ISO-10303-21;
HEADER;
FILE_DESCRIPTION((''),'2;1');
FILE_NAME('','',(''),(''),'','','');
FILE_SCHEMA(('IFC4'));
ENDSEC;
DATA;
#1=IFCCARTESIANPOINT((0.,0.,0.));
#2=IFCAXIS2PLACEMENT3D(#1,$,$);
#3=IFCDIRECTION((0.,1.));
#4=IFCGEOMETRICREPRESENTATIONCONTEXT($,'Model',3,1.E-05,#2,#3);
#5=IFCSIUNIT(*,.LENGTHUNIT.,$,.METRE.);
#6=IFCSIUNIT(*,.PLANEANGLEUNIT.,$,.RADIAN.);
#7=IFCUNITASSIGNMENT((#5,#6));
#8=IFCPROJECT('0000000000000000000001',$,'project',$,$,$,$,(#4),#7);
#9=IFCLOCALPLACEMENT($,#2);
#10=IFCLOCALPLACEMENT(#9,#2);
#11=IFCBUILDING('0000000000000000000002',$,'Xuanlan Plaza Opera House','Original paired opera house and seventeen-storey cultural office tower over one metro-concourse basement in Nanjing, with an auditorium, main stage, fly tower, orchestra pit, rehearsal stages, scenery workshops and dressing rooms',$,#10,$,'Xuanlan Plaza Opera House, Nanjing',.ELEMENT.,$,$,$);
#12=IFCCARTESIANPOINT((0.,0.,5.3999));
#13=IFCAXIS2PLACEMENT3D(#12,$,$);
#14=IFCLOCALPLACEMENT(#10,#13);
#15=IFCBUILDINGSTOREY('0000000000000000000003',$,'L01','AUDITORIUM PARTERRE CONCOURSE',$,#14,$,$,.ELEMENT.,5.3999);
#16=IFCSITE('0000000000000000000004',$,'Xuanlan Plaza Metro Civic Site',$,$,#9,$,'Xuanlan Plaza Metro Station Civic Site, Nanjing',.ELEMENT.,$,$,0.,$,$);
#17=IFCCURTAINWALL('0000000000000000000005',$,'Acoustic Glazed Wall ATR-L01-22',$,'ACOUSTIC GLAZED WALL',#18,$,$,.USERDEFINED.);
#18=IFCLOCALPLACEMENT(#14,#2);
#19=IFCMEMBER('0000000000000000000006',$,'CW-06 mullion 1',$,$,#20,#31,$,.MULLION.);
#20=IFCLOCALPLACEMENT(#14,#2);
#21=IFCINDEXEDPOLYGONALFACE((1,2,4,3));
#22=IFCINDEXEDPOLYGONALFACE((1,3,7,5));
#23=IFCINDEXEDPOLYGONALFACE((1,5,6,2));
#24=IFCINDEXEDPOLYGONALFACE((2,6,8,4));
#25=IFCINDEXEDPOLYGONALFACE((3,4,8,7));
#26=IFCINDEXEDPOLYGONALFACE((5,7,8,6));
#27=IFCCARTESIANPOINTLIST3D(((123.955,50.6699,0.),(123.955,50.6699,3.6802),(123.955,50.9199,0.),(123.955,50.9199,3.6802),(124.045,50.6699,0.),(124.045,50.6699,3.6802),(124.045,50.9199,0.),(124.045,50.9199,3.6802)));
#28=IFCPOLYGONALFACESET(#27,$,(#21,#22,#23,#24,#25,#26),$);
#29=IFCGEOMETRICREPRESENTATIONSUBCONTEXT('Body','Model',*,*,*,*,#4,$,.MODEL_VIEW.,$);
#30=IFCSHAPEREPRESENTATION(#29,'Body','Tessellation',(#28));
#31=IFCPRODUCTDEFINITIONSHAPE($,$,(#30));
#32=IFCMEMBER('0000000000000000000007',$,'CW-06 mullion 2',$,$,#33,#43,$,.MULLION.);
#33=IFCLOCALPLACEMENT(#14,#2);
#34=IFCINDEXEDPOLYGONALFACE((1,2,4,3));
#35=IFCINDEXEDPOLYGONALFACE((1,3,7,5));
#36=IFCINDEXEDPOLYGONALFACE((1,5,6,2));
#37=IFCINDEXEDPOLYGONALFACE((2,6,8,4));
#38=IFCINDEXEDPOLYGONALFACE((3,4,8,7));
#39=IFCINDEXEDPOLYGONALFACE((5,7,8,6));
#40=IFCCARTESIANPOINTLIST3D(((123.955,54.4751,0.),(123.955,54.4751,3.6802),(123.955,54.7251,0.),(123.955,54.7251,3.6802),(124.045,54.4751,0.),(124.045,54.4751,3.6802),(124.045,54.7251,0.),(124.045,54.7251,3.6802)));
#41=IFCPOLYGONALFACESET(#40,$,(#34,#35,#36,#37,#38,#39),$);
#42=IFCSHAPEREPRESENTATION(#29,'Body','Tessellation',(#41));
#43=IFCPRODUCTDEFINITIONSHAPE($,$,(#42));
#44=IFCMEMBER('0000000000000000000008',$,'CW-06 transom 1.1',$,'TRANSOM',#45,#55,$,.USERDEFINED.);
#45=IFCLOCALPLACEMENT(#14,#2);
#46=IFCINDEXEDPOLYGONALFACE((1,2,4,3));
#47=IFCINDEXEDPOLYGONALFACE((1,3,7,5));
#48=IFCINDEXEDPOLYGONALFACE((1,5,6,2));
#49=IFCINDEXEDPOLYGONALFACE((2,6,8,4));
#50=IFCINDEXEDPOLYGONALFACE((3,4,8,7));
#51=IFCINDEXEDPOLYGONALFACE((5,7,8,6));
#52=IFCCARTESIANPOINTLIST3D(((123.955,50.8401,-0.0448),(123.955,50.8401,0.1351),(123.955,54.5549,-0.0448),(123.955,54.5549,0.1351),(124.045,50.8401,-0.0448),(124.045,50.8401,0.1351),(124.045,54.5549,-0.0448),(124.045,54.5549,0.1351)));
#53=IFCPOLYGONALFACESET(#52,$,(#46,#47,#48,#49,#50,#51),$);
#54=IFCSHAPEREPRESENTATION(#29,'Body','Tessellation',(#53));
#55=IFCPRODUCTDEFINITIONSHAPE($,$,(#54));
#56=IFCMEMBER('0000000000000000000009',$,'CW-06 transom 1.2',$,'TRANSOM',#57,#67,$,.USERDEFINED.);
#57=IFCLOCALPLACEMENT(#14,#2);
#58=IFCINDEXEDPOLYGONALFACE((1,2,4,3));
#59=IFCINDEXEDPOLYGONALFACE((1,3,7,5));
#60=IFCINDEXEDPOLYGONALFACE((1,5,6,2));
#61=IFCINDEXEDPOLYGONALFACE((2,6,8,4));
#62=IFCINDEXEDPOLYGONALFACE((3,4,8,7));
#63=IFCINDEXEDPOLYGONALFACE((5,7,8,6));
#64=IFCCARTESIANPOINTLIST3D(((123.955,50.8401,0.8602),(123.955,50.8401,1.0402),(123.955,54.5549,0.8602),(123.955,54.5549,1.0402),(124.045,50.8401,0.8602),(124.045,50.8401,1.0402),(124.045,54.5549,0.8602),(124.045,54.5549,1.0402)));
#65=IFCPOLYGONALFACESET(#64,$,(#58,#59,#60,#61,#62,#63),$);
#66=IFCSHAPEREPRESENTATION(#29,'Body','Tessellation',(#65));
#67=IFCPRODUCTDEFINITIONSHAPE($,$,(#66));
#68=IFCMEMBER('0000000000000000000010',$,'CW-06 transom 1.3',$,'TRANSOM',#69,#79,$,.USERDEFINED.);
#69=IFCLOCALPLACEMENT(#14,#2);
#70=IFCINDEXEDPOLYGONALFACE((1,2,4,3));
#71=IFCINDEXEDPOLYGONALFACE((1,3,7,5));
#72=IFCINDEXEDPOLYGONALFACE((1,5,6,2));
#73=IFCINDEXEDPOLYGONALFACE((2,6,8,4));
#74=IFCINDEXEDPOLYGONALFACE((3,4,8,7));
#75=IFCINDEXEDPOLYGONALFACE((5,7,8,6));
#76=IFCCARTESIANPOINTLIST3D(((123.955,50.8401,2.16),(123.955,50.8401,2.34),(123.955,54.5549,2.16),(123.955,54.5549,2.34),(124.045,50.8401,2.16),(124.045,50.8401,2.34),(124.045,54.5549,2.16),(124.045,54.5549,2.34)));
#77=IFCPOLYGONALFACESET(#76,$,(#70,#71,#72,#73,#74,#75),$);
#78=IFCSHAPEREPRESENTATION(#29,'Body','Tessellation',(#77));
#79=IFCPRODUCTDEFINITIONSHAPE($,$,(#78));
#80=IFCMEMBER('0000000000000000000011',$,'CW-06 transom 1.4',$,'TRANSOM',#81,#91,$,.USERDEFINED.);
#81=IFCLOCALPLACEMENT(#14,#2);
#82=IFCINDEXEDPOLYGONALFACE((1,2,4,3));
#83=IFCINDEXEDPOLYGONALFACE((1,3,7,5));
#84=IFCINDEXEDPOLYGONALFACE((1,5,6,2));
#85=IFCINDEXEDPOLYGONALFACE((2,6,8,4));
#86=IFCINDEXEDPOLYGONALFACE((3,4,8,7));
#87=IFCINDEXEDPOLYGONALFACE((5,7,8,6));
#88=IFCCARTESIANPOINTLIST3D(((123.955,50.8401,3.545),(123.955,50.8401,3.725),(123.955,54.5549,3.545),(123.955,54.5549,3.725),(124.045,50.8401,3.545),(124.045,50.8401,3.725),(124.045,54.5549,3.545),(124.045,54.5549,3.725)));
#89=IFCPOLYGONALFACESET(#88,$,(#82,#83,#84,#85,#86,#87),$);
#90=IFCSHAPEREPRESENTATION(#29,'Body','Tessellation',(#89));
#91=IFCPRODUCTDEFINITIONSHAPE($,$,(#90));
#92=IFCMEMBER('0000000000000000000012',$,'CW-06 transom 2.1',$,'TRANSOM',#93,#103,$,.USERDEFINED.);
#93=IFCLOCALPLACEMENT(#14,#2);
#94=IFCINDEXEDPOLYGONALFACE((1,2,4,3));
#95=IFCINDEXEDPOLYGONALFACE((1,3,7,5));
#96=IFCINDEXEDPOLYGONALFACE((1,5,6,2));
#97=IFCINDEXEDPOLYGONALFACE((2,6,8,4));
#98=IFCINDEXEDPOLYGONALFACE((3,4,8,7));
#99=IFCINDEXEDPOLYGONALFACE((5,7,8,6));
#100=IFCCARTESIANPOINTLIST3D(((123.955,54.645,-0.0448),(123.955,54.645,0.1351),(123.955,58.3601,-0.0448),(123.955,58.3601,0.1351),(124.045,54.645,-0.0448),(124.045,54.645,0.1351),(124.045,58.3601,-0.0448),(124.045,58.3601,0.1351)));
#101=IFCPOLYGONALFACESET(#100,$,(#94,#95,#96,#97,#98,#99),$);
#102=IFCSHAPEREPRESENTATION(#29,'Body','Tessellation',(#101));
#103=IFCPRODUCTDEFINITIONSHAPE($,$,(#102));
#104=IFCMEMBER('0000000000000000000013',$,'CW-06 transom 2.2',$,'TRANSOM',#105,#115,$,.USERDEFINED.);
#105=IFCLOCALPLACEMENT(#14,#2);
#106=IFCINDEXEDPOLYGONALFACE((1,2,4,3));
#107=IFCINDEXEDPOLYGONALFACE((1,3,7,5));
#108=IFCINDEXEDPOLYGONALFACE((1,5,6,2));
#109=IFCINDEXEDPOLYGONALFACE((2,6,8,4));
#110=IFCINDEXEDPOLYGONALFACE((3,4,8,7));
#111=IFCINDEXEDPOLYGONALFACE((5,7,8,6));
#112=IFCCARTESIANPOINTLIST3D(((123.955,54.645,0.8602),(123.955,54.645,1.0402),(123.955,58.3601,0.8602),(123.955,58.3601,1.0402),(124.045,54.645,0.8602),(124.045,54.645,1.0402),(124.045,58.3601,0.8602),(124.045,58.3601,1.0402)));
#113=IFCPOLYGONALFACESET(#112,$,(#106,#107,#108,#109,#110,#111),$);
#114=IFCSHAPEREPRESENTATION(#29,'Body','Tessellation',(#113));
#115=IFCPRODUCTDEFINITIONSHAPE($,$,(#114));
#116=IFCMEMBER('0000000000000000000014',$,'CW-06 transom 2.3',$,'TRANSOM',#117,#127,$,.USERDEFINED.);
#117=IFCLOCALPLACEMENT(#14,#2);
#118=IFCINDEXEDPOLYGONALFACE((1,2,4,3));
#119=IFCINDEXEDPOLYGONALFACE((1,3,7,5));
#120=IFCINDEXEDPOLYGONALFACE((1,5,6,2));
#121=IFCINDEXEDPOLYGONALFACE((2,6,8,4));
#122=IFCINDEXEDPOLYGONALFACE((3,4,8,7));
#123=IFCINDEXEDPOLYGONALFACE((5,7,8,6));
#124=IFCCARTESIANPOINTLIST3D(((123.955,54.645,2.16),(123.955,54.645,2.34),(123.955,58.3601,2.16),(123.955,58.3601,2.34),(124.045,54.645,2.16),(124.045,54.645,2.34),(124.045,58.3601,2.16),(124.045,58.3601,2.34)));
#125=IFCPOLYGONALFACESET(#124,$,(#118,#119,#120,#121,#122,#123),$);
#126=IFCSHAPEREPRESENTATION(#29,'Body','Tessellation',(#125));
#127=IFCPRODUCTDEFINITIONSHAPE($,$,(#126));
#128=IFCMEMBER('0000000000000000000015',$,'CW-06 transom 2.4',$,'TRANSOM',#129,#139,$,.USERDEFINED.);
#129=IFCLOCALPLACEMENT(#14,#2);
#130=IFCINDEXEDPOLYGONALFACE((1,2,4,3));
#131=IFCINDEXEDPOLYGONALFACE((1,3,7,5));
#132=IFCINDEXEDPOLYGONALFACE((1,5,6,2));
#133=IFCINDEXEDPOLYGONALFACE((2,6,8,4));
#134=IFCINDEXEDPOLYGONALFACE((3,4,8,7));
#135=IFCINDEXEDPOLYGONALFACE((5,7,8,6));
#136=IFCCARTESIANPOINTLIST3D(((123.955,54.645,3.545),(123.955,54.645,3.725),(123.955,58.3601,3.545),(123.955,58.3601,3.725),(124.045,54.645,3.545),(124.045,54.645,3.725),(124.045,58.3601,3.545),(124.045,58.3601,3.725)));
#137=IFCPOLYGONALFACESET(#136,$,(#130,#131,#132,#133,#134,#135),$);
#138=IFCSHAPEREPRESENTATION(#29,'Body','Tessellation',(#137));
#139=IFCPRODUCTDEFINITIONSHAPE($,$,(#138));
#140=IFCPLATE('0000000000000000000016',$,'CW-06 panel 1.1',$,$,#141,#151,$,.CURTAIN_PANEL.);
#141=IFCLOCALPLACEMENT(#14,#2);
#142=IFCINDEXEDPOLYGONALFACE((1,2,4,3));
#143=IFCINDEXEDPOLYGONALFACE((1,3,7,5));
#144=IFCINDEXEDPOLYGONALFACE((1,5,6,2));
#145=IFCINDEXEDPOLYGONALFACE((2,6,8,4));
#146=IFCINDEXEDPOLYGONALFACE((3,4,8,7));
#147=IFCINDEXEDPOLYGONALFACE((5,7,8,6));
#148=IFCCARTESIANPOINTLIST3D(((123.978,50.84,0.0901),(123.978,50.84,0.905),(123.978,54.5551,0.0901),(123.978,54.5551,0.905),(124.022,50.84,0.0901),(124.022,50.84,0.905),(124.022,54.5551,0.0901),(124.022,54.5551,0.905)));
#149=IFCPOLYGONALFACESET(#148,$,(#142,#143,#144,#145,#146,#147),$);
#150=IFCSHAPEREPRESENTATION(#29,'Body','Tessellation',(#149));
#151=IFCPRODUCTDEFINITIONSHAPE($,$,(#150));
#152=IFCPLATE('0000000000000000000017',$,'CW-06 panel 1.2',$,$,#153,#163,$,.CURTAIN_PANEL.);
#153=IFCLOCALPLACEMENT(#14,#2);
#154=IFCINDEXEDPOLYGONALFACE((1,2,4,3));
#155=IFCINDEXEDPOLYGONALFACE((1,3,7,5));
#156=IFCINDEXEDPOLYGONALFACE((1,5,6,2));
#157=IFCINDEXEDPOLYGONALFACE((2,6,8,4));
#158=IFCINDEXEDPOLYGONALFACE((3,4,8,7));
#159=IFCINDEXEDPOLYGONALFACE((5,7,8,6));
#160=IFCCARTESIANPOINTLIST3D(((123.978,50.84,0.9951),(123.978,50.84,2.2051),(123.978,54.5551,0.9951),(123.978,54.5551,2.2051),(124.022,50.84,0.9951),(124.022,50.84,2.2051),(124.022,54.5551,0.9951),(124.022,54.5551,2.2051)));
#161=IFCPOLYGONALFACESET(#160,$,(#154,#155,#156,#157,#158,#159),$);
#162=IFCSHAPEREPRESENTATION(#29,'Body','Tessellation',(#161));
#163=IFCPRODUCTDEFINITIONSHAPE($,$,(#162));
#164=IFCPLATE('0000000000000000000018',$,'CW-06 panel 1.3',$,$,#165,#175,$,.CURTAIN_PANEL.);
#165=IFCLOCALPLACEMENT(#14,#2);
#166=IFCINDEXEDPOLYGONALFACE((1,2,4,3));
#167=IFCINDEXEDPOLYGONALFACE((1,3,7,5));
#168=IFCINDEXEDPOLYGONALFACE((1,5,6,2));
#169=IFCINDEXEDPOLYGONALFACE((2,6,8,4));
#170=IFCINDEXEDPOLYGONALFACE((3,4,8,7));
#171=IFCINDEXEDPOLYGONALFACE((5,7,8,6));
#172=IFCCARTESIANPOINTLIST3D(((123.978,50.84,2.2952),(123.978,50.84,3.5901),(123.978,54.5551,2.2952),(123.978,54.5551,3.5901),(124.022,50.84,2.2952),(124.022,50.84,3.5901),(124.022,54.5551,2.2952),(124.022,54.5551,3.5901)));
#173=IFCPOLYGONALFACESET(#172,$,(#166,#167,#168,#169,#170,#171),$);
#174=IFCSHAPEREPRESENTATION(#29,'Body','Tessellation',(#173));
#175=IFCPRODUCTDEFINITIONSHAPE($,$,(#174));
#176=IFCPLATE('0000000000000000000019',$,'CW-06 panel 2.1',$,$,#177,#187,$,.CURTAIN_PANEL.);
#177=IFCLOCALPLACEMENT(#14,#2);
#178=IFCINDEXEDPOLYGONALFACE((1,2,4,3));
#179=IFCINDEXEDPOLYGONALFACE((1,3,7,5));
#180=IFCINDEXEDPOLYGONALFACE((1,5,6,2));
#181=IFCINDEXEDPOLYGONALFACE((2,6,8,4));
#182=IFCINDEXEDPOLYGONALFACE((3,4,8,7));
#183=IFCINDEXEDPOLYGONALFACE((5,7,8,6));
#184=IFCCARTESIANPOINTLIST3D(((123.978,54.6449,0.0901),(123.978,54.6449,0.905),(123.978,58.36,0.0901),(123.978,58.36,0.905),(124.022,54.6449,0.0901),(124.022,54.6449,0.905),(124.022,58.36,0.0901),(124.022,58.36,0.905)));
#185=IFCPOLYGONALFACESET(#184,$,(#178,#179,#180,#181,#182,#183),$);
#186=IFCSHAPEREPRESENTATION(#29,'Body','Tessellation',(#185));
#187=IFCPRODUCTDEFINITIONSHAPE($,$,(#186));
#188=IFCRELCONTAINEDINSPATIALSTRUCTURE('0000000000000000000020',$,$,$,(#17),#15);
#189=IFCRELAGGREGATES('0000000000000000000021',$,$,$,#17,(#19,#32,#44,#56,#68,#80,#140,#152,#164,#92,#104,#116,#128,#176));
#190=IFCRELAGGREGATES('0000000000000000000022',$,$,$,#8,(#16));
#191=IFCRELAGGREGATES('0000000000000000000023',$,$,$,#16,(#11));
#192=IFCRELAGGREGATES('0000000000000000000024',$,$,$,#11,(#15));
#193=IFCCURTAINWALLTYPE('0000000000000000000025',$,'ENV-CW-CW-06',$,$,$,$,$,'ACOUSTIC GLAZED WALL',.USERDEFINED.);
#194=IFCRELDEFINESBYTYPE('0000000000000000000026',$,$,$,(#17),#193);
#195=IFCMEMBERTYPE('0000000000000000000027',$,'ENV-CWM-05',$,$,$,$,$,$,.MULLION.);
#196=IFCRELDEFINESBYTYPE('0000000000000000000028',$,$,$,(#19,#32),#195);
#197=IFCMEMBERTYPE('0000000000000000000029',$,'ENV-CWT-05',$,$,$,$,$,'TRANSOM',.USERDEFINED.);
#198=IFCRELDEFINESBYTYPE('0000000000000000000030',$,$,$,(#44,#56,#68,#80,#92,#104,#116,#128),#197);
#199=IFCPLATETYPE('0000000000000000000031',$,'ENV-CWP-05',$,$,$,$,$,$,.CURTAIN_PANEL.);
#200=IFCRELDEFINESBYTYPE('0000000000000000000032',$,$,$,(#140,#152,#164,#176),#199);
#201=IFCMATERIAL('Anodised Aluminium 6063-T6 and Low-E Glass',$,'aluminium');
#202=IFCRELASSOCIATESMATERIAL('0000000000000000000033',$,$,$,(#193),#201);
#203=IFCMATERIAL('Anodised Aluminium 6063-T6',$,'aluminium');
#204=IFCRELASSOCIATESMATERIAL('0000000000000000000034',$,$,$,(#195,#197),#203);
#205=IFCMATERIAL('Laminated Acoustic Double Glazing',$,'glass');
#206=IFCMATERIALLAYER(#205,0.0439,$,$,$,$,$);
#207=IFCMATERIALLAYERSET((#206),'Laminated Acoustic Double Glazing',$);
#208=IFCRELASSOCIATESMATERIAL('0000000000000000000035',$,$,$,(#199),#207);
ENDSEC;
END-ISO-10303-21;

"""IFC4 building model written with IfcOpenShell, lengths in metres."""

from ifc_helpers import new_model, si_unit, direction, frame, origin, origin_2d, place, context, subcontext, project, spatial, rectangle, extrude, material, layer, layer_set, material_profile, profile_set, type_object, element, aggregate, save


model = new_model("IFC4")

# Units and contexts
model_context = context("Model", 3, precision=1e-05, world=origin(), true_north=direction((0.0, 1.0)))
body_context = subcontext(model_context, "Body", "Model", "MODEL_VIEW")
ifc_project = project(units=[si_unit("LENGTHUNIT", "METRE"), si_unit("PLANEANGLEUNIT", "RADIAN")], contexts=[model_context])

# Site, building, storey
site_placement = place(None, origin())
site = spatial("IfcSite", under=ifc_project, at=site_placement, Name="Xuanlan Plaza Metro Civic Site", LongName="Xuanlan Plaza Metro Station Civic Site, Nanjing", CompositionType="ELEMENT", RefElevation=0.0)
building_placement = place(site_placement, origin())
building = spatial("IfcBuilding", under=site, at=building_placement, Name="Xuanlan Plaza Opera House", Description="Original paired opera house and seventeen-storey cultural office tower over one metro-concourse basement in Nanjing, with an auditorium, main stage, fly tower, orchestra pit, rehearsal stages, scenery workshops and dressing rooms", LongName="Xuanlan Plaza Opera House, Nanjing", CompositionType="ELEMENT")
storey_placement = place(building_placement, frame((0.0, 0.0, 5.3999)))
storey = spatial("IfcBuildingStorey", under=building, at=storey_placement, Name="L01", Description="AUDITORIUM PARTERRE CONCOURSE", CompositionType="ELEMENT", Elevation=5.3999)

# Curtain wall, members, plates
ifc_material_1 = material(Name="Anodised Aluminium 6063-T6 and Low-E Glass", Category="aluminium")
curtain_wall_type = type_object("IfcCurtainWallType", Name="ENV-CW-CW-06", ElementType="ACOUSTIC GLAZED WALL", PredefinedType="USERDEFINED", material=ifc_material_1)
curtain_wall_placement = place(storey_placement, origin())
curtain_wall = element("IfcCurtainWall", 1, at=curtain_wall_placement, inside=storey, type_object=curtain_wall_type, Name="Acoustic Glazed Wall ATR-L01-22", ObjectType="ACOUSTIC GLAZED WALL", PredefinedType="USERDEFINED")
ifc_material_2 = material(Name="Anodised Aluminium 6063-T6", Category="aluminium")
ifc_material_profile_1 = material_profile(ifc_material_2, rectangle(XDim=0.0901, YDim=0.25, at=origin_2d()), Name="ALU-M 90x250")
ifc_profile_set_1 = profile_set([ifc_material_profile_1], Name="Anodised Aluminium 6063-T6")
member_type_1 = type_object("IfcMemberType", Name="ENV-CWM-05", PredefinedType="MULLION", material=ifc_profile_set_1)
member_1_placement = place(storey_placement, frame((124.0, 50.7949, 0.0), z_axis=(0.0, 0.0, 1.0), x_axis=(-1.0, 0.0, 0.0)))
member_1 = element("IfcMember", 2, at=member_1_placement, type_object=member_type_1, Name="CW-06 mullion 1", PredefinedType="MULLION", context=body_context, shape_type="SweptSolid", body=[
    extrude(rectangle(XDim=0.0901, YDim=0.25, at=origin_2d()), origin(), (0.0, 0.0, 1.0), 3.6802),
])
member_2_placement = place(storey_placement, frame((124.0, 54.6001, 0.0), z_axis=(0.0, 0.0, 1.0), x_axis=(-1.0, 0.0, 0.0)))
member_2 = element("IfcMember", 3, at=member_2_placement, type_object=member_type_1, Name="CW-06 mullion 2", PredefinedType="MULLION", context=body_context, shape_type="SweptSolid", body=[
    extrude(rectangle(XDim=0.0901, YDim=0.25, at=origin_2d()), origin(), (0.0, 0.0, 1.0), 3.6802),
])
ifc_material_profile_2 = material_profile(ifc_material_2, rectangle(XDim=0.0901, YDim=0.1799, at=origin_2d()), Name="ALU-T 90x180")
ifc_profile_set_2 = profile_set([ifc_material_profile_2], Name="Anodised Aluminium 6063-T6")
member_type_2 = type_object("IfcMemberType", Name="ENV-CWT-05", ElementType="TRANSOM", PredefinedType="USERDEFINED", material=ifc_profile_set_2)
member_3_placement = place(storey_placement, frame((124.0, 50.8401, 0.0452), z_axis=(0.0, 1.0, 0.0), x_axis=(-1.0, 0.0, 0.0)))
member_3 = element("IfcMember", 4, at=member_3_placement, type_object=member_type_2, Name="CW-06 transom 1.1", ObjectType="TRANSOM", PredefinedType="USERDEFINED", context=body_context, shape_type="SweptSolid", body=[
    extrude(rectangle(XDim=0.0901, YDim=0.1799, at=origin_2d()), origin(), (0.0, 0.0, 1.0), 3.7148),
])
member_4_placement = place(storey_placement, frame((124.0, 50.8401, 0.9502), z_axis=(0.0, 1.0, 0.0), x_axis=(-1.0, 0.0, 0.0)))
member_4 = element("IfcMember", 5, at=member_4_placement, type_object=member_type_2, Name="CW-06 transom 1.2", ObjectType="TRANSOM", PredefinedType="USERDEFINED", context=body_context, shape_type="SweptSolid", body=[
    extrude(rectangle(XDim=0.0901, YDim=0.1799, at=origin_2d()), origin(), (0.0, 0.0, 1.0), 3.7148),
])
member_5_placement = place(storey_placement, frame((124.0, 50.8401, 2.25), z_axis=(0.0, 1.0, 0.0), x_axis=(-1.0, 0.0, 0.0)))
member_5 = element("IfcMember", 6, at=member_5_placement, type_object=member_type_2, Name="CW-06 transom 1.3", ObjectType="TRANSOM", PredefinedType="USERDEFINED", context=body_context, shape_type="SweptSolid", body=[
    extrude(rectangle(XDim=0.0901, YDim=0.1799, at=origin_2d()), origin(), (0.0, 0.0, 1.0), 3.7148),
])
member_6_placement = place(storey_placement, frame((124.0, 50.8401, 3.635), z_axis=(0.0, 1.0, 0.0), x_axis=(-1.0, 0.0, 0.0)))
member_6 = element("IfcMember", 7, at=member_6_placement, type_object=member_type_2, Name="CW-06 transom 1.4", ObjectType="TRANSOM", PredefinedType="USERDEFINED", context=body_context, shape_type="SweptSolid", body=[
    extrude(rectangle(XDim=0.0901, YDim=0.1799, at=origin_2d()), origin(), (0.0, 0.0, 1.0), 3.7148),
])
member_7_placement = place(storey_placement, frame((124.0, 54.645, 0.0452), z_axis=(0.0, 1.0, 0.0), x_axis=(-1.0, 0.0, 0.0)))
member_7 = element("IfcMember", 8, at=member_7_placement, type_object=member_type_2, Name="CW-06 transom 2.1", ObjectType="TRANSOM", PredefinedType="USERDEFINED", context=body_context, shape_type="SweptSolid", body=[
    extrude(rectangle(XDim=0.0901, YDim=0.1799, at=origin_2d()), origin(), (0.0, 0.0, 1.0), 3.7151),
])
member_8_placement = place(storey_placement, frame((124.0, 54.645, 0.9502), z_axis=(0.0, 1.0, 0.0), x_axis=(-1.0, 0.0, 0.0)))
member_8 = element("IfcMember", 9, at=member_8_placement, type_object=member_type_2, Name="CW-06 transom 2.2", ObjectType="TRANSOM", PredefinedType="USERDEFINED", context=body_context, shape_type="SweptSolid", body=[
    extrude(rectangle(XDim=0.0901, YDim=0.1799, at=origin_2d()), origin(), (0.0, 0.0, 1.0), 3.7151),
])
member_9_placement = place(storey_placement, frame((124.0, 54.645, 2.25), z_axis=(0.0, 1.0, 0.0), x_axis=(-1.0, 0.0, 0.0)))
member_9 = element("IfcMember", 10, at=member_9_placement, type_object=member_type_2, Name="CW-06 transom 2.3", ObjectType="TRANSOM", PredefinedType="USERDEFINED", context=body_context, shape_type="SweptSolid", body=[
    extrude(rectangle(XDim=0.0901, YDim=0.1799, at=origin_2d()), origin(), (0.0, 0.0, 1.0), 3.7151),
])
member_10_placement = place(storey_placement, frame((124.0, 54.645, 3.635), z_axis=(0.0, 1.0, 0.0), x_axis=(-1.0, 0.0, 0.0)))
member_10 = element("IfcMember", 11, at=member_10_placement, type_object=member_type_2, Name="CW-06 transom 2.4", ObjectType="TRANSOM", PredefinedType="USERDEFINED", context=body_context, shape_type="SweptSolid", body=[
    extrude(rectangle(XDim=0.0901, YDim=0.1799, at=origin_2d()), origin(), (0.0, 0.0, 1.0), 3.7151),
])
ifc_material_3 = material(Name="Laminated Acoustic Double Glazing", Category="glass")
ifc_layer_1 = layer(ifc_material_3, 0.0439)
ifc_layer_set_1 = layer_set([ifc_layer_1], Name="Laminated Acoustic Double Glazing")
plate_type = type_object("IfcPlateType", Name="ENV-CWP-05", PredefinedType="CURTAIN_PANEL", material=ifc_layer_set_1)
plate_1_placement = place(storey_placement, frame((124.0, 52.6975, 0.0901), z_axis=(0.0, 0.0, 1.0), x_axis=(0.0, 1.0, 0.0)))
plate_1 = element("IfcPlate", 12, at=plate_1_placement, type_object=plate_type, Name="CW-06 panel 1.1", PredefinedType="CURTAIN_PANEL", context=body_context, shape_type="SweptSolid", body=[
    extrude(rectangle(XDim=3.7151, YDim=0.0439, at=origin_2d()), origin(), (0.0, 0.0, 1.0), 0.8149),
])
plate_2_placement = place(storey_placement, frame((124.0, 52.6975, 0.9951), z_axis=(0.0, 0.0, 1.0), x_axis=(0.0, 1.0, 0.0)))
plate_2 = element("IfcPlate", 13, at=plate_2_placement, type_object=plate_type, Name="CW-06 panel 1.2", PredefinedType="CURTAIN_PANEL", context=body_context, shape_type="SweptSolid", body=[
    extrude(rectangle(XDim=3.7151, YDim=0.0439, at=origin_2d()), origin(), (0.0, 0.0, 1.0), 1.21),
])
plate_3_placement = place(storey_placement, frame((124.0, 52.6975, 2.2952), z_axis=(0.0, 0.0, 1.0), x_axis=(0.0, 1.0, 0.0)))
plate_3 = element("IfcPlate", 14, at=plate_3_placement, type_object=plate_type, Name="CW-06 panel 1.3", PredefinedType="CURTAIN_PANEL", context=body_context, shape_type="SweptSolid", body=[
    extrude(rectangle(XDim=3.7151, YDim=0.0439, at=origin_2d()), origin(), (0.0, 0.0, 1.0), 1.2949),
])
plate_4_placement = place(storey_placement, frame((124.0, 56.5024, 0.0901), z_axis=(0.0, 0.0, 1.0), x_axis=(0.0, 1.0, 0.0)))
plate_4 = element("IfcPlate", 15, at=plate_4_placement, type_object=plate_type, Name="CW-06 panel 2.1", PredefinedType="CURTAIN_PANEL", context=body_context, shape_type="SweptSolid", body=[
    extrude(rectangle(XDim=3.7151, YDim=0.0439, at=origin_2d()), origin(), (0.0, 0.0, 1.0), 0.8149),
])
aggregate(curtain_wall, [member_1, member_2, member_3, member_4, member_5, member_6, plate_1, plate_2, plate_3, member_7, member_8, member_9, member_10, plate_4])

save(model, "model.ifc")
